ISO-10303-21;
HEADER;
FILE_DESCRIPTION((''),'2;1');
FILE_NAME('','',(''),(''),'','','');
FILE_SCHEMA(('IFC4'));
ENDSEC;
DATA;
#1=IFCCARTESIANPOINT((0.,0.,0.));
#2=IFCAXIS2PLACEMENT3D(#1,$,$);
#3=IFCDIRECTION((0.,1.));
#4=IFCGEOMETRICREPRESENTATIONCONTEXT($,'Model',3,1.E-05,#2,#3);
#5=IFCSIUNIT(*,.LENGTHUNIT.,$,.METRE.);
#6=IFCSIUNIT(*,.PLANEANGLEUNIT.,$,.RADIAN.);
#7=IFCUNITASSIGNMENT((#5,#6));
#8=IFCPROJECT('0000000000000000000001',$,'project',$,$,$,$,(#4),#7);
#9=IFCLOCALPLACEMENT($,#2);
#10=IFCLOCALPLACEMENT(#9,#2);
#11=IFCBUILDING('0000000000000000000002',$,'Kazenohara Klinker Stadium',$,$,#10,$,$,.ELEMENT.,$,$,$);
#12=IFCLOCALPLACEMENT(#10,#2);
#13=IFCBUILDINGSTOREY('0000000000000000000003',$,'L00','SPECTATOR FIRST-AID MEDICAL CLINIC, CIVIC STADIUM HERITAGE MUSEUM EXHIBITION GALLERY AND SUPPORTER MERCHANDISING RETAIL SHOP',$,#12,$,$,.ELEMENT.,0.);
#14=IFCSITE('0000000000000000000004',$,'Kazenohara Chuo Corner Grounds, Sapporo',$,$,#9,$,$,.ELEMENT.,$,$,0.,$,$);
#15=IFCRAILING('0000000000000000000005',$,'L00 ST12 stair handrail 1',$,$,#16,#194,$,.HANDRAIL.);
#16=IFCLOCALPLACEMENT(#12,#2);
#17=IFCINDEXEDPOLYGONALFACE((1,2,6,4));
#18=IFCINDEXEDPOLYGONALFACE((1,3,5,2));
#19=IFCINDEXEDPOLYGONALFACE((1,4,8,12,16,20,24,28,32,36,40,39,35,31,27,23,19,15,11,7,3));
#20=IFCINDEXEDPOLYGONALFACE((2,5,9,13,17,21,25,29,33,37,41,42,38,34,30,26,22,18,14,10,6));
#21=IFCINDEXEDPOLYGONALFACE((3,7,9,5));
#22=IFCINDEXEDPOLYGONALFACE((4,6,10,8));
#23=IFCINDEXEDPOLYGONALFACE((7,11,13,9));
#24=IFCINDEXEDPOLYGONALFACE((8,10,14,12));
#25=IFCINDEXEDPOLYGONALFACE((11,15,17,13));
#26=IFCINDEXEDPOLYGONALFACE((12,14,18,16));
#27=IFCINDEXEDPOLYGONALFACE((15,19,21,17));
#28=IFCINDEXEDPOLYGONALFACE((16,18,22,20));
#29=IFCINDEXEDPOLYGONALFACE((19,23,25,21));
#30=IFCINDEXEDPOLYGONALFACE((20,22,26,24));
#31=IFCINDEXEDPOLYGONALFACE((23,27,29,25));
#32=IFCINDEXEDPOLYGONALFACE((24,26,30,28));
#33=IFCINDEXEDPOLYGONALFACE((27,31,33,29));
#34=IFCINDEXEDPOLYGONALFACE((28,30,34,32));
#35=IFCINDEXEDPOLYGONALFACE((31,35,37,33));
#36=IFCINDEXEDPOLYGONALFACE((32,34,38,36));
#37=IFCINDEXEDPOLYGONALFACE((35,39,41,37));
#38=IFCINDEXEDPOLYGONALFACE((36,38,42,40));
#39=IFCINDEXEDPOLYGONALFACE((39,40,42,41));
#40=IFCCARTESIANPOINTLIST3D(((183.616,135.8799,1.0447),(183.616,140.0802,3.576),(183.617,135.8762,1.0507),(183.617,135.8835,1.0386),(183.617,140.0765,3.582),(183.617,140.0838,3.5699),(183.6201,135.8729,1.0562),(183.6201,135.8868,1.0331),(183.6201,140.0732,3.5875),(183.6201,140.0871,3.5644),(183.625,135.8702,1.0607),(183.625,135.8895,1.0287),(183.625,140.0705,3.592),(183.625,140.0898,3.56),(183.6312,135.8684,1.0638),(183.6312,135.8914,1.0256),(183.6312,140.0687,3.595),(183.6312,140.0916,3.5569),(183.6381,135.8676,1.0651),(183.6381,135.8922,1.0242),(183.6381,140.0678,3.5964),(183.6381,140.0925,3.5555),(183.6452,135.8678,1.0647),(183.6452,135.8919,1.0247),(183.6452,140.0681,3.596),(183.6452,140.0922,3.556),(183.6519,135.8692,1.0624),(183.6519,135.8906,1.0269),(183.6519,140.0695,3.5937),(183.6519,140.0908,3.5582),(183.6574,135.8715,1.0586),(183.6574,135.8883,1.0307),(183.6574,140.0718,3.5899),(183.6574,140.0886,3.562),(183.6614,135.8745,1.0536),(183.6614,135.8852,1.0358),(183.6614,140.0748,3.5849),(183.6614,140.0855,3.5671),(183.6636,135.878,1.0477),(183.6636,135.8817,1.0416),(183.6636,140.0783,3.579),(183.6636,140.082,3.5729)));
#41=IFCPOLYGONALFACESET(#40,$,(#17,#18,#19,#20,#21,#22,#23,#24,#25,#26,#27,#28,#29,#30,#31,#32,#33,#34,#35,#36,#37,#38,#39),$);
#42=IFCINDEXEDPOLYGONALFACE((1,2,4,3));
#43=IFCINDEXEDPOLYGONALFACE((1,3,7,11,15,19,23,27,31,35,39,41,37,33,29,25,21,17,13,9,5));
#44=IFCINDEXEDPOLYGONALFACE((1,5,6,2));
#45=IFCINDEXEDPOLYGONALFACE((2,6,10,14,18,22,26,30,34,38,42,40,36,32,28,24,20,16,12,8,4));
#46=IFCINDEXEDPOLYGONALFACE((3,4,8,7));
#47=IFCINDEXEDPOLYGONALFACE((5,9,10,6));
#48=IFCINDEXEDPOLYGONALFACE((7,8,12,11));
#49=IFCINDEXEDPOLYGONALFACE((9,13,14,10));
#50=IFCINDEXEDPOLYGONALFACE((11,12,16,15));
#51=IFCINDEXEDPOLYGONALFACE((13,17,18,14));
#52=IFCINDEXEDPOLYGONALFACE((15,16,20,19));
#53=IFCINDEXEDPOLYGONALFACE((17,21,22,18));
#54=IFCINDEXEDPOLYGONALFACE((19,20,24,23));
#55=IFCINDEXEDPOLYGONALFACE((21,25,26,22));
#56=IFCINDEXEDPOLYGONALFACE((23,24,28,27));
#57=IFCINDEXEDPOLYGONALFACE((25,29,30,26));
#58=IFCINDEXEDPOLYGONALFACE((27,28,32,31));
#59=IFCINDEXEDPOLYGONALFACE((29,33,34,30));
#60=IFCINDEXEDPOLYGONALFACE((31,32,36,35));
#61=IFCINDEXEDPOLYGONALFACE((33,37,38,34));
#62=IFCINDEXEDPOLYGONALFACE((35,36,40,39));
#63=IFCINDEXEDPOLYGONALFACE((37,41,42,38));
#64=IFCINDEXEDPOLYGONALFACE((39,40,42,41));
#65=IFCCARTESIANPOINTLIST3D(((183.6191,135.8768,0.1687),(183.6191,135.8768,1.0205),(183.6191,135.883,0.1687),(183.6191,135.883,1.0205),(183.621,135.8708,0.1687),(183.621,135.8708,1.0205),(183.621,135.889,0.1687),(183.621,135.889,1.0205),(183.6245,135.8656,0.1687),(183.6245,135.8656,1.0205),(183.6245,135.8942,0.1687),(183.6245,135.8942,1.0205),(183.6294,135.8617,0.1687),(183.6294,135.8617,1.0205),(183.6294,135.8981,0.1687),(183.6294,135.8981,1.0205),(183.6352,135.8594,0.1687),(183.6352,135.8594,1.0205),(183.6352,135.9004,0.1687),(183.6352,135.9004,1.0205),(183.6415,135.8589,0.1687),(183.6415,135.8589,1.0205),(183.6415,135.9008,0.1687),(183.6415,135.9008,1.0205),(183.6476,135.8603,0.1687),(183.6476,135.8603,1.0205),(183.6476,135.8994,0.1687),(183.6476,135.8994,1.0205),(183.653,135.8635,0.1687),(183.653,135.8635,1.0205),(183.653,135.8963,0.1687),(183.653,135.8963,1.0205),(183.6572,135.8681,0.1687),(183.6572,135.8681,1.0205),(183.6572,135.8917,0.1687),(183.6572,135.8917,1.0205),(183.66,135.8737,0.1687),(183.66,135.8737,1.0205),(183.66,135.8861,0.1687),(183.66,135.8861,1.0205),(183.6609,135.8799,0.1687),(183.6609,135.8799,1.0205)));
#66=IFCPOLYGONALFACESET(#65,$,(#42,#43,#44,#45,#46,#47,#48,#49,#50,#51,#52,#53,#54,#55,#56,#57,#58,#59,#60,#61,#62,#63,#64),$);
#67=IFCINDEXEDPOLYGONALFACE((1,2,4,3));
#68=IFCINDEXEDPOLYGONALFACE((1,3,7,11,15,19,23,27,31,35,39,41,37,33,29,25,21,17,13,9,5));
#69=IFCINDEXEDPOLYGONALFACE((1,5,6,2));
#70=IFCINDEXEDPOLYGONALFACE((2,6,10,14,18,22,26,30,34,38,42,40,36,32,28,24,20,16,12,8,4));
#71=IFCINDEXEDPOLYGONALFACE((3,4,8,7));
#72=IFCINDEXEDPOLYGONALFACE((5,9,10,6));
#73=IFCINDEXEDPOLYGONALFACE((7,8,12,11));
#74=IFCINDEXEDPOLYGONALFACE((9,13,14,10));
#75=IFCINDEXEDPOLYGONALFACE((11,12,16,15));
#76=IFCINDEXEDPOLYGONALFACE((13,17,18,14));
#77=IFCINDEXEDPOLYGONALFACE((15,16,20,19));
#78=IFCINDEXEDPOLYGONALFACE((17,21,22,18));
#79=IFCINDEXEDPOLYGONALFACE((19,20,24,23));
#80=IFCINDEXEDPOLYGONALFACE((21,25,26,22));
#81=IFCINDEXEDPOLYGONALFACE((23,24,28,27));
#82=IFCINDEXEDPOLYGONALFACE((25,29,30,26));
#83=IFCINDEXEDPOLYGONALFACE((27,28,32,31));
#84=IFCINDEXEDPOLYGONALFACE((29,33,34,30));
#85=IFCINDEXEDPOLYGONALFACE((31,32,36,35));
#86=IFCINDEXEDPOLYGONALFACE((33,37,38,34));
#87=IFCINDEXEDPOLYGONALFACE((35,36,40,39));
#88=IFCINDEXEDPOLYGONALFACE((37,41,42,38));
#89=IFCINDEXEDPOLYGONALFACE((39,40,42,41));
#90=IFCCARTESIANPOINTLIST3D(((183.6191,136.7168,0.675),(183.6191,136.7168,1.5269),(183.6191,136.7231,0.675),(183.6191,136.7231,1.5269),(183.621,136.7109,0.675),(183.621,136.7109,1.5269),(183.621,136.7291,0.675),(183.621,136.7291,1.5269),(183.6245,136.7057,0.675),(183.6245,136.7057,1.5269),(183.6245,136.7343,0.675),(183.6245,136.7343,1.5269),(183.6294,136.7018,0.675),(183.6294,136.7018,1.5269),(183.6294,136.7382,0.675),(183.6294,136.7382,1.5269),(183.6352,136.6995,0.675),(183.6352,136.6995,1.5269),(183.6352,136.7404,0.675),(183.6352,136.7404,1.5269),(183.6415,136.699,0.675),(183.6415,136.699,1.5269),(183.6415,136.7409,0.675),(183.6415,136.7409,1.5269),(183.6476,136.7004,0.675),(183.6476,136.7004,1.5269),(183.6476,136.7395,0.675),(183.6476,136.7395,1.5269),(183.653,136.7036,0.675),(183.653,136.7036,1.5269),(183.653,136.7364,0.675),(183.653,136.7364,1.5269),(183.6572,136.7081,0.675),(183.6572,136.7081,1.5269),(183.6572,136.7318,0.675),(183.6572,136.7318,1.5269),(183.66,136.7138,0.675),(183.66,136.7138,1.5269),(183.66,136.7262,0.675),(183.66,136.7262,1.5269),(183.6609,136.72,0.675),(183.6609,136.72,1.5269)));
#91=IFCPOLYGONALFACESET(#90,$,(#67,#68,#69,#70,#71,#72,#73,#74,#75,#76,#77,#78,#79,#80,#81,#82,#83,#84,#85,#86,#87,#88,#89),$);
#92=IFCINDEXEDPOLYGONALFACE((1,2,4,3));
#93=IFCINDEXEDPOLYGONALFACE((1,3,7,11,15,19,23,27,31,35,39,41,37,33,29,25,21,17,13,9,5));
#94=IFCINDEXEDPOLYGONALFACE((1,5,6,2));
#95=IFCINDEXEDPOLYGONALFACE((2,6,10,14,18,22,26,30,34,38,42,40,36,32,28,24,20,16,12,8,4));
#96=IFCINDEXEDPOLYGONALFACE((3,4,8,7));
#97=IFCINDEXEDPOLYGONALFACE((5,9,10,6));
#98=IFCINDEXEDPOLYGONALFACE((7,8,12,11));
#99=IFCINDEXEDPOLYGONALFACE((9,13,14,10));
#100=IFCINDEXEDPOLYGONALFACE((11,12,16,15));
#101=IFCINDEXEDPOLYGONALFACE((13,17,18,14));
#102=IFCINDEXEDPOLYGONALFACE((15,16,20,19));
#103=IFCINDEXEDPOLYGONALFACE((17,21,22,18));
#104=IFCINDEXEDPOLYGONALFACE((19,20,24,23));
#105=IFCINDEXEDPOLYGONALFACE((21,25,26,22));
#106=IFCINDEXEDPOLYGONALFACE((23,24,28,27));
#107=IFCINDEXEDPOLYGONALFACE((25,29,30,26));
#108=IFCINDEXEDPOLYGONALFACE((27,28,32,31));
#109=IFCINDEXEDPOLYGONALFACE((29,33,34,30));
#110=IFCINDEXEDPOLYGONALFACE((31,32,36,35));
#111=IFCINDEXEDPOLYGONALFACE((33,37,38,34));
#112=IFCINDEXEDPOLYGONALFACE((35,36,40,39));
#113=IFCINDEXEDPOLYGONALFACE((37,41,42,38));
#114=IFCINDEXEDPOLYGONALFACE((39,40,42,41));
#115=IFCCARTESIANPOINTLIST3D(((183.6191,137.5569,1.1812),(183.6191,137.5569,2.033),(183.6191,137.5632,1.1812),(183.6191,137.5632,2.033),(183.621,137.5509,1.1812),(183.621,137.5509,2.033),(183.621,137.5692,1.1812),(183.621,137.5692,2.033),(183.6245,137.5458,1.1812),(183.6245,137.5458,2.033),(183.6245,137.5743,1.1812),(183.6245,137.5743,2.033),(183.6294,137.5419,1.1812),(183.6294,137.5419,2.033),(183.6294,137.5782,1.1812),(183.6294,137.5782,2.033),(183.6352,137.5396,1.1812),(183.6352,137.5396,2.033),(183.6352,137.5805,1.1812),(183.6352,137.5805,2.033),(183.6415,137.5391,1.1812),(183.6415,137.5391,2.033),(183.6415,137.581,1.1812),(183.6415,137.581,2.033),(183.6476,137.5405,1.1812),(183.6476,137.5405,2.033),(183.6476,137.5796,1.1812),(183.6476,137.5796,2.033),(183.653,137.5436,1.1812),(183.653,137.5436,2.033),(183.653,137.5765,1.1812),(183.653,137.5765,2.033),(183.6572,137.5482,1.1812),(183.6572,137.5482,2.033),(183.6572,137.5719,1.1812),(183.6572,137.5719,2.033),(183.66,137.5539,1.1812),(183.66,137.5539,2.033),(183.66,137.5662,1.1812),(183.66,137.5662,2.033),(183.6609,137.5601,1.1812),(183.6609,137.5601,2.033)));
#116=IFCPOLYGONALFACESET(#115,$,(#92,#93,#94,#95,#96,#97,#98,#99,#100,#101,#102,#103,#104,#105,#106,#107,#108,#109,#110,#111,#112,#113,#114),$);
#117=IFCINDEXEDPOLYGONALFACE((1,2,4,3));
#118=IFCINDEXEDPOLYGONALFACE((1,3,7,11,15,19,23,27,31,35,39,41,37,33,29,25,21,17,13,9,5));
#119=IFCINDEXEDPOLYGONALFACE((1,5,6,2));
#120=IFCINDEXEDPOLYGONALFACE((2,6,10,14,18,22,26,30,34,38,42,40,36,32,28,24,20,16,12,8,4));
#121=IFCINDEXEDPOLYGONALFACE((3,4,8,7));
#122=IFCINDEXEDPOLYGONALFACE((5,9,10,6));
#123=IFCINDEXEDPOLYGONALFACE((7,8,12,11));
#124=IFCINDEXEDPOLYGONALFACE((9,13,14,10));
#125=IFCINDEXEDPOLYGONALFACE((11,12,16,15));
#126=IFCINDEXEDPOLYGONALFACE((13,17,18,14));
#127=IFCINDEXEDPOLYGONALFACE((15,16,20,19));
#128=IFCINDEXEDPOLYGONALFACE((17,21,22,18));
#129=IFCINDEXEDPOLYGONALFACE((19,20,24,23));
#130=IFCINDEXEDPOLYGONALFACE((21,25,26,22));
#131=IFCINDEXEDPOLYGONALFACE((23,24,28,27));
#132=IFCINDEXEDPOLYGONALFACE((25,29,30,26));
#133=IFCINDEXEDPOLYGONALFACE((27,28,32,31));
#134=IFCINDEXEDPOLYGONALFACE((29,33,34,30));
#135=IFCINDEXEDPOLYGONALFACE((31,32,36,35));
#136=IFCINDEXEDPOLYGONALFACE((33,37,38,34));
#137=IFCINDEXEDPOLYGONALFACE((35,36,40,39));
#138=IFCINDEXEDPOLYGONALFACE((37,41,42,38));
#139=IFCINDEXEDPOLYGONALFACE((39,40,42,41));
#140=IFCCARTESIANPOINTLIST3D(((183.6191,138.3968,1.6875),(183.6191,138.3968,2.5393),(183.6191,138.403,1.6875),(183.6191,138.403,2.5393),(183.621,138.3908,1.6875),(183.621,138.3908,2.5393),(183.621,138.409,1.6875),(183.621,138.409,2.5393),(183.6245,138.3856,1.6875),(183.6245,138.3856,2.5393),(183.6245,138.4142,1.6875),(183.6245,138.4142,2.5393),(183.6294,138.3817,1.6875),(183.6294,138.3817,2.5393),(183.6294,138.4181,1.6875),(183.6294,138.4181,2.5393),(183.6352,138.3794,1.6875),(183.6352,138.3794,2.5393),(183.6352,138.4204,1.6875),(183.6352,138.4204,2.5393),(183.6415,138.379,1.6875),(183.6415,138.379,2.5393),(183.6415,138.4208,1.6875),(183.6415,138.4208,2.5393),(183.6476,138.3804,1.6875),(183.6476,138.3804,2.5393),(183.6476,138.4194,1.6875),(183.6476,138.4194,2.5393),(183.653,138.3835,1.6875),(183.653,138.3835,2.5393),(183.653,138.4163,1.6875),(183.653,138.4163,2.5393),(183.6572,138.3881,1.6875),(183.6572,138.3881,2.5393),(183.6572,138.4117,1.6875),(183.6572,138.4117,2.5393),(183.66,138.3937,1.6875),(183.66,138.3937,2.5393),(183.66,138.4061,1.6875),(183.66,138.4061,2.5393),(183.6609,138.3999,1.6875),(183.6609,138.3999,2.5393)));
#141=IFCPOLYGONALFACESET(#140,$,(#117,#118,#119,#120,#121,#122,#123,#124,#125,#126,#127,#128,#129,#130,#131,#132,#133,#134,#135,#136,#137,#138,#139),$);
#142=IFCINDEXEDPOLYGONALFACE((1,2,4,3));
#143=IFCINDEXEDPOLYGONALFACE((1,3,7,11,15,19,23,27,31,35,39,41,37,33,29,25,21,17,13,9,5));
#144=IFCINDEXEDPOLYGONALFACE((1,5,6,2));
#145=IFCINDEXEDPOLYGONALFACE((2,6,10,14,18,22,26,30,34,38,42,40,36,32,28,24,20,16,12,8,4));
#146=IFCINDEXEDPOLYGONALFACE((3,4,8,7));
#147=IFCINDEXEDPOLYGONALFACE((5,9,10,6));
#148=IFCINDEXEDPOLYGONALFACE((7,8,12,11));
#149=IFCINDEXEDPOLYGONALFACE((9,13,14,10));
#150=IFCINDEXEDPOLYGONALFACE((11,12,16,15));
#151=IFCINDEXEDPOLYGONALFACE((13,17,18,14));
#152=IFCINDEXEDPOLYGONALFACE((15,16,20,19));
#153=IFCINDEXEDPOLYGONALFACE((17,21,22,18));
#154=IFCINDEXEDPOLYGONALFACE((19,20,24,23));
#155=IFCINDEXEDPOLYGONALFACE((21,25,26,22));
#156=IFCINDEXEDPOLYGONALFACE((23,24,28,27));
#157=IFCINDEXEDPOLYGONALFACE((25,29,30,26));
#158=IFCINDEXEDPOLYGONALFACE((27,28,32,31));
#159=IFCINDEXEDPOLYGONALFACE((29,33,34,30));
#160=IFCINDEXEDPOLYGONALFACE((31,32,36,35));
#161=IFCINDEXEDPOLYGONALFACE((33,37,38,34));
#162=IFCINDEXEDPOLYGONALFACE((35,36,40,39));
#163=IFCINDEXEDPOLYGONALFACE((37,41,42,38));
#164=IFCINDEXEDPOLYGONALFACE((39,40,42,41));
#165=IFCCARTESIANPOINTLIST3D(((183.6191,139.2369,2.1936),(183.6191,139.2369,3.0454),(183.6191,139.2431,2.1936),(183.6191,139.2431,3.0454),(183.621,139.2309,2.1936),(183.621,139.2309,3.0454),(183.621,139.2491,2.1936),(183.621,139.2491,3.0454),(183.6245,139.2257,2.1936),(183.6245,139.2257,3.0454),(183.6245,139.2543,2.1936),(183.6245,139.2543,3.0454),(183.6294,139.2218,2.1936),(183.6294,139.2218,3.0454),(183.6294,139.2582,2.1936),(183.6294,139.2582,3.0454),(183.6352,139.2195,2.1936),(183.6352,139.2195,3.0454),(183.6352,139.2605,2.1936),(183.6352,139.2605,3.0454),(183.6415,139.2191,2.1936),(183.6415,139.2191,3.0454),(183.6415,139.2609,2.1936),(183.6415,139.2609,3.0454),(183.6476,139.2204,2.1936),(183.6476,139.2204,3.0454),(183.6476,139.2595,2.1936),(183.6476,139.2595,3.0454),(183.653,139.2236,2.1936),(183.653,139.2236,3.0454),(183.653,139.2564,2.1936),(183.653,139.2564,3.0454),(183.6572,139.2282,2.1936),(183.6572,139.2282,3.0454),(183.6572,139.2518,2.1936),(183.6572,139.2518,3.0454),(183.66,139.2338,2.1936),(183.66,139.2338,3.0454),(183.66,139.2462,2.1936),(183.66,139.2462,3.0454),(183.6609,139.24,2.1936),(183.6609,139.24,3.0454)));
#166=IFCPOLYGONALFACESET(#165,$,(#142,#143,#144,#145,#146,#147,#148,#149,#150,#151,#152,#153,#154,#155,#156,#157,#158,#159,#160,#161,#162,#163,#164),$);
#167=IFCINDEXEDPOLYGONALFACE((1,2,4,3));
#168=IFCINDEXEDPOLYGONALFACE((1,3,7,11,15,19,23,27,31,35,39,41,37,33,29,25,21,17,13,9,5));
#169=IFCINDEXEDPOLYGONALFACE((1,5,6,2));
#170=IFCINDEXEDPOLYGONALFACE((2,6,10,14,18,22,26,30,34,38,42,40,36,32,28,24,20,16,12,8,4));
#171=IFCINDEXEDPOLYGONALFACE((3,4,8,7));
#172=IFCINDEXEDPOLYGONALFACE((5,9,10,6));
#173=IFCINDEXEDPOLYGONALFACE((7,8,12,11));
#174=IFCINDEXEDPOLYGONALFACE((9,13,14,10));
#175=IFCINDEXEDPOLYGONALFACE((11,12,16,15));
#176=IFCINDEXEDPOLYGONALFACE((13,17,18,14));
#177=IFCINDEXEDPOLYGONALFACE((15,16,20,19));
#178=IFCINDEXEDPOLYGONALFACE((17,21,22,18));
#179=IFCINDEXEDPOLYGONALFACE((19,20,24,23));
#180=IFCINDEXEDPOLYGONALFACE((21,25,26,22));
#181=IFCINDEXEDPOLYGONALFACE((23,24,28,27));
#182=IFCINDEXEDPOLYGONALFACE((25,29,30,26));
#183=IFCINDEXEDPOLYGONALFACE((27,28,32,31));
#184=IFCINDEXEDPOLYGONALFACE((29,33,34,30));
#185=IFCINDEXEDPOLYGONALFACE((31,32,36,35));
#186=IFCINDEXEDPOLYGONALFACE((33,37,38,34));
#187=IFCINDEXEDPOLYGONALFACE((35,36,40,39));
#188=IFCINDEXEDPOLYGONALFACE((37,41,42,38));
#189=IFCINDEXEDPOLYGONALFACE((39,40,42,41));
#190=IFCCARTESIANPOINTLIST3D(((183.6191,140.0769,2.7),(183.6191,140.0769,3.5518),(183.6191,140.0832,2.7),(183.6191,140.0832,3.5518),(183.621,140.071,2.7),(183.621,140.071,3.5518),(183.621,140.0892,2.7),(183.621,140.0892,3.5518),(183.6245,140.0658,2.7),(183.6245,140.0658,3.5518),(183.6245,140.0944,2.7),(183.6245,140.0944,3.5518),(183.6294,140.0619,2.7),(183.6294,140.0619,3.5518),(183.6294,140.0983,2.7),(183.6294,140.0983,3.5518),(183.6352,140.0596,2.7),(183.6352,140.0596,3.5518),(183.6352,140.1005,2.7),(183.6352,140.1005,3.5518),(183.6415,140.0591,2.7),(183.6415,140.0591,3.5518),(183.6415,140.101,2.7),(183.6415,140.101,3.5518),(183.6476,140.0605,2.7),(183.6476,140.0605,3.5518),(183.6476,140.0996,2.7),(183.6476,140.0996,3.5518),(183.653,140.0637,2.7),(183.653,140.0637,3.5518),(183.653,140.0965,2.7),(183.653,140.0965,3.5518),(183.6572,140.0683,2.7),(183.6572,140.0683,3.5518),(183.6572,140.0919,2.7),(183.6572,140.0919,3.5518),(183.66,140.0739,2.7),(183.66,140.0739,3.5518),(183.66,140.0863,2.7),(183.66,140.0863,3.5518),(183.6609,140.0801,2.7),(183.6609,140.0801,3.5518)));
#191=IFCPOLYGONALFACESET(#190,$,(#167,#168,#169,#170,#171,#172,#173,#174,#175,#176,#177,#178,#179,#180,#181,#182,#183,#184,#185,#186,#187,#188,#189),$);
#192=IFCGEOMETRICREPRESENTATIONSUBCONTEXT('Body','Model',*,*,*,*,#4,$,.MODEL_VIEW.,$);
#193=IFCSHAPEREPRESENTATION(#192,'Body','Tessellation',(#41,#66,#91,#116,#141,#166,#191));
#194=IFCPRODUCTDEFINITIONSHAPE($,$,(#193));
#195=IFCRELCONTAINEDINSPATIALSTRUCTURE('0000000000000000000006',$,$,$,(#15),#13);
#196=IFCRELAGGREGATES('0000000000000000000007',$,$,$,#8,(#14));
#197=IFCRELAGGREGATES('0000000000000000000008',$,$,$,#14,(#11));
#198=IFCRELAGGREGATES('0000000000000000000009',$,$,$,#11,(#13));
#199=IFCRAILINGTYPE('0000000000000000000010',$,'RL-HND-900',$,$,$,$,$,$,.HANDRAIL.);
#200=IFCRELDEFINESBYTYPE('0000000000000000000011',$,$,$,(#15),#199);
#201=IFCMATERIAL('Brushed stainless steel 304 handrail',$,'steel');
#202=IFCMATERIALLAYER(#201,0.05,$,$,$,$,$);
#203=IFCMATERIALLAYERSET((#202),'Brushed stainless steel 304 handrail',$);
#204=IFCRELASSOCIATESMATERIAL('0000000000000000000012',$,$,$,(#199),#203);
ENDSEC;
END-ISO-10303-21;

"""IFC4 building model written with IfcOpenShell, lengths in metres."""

from ifc_helpers import new_model, si_unit, direction, frame, origin, origin_2d, place, context, subcontext, project, spatial, circle, extrude, material, layer, layer_set, type_object, element, save


model = new_model("IFC4")

# Units and contexts
model_context = context("Model", 3, precision=1e-05, world=origin(), true_north=direction((0.0, 1.0)))
body_context = subcontext(model_context, "Body", "Model", "MODEL_VIEW")
ifc_project = project(units=[si_unit("LENGTHUNIT", "METRE"), si_unit("PLANEANGLEUNIT", "RADIAN")], contexts=[model_context])

# Site, building, storey
site_placement = place(None, origin())
site = spatial("IfcSite", under=ifc_project, at=site_placement, Name="Kazenohara Chuo Corner Grounds, Sapporo", CompositionType="ELEMENT", RefElevation=0.0)
building_placement = place(site_placement, origin())
building = spatial("IfcBuilding", under=site, at=building_placement, Name="Kazenohara Klinker Stadium", CompositionType="ELEMENT")
storey_placement = place(building_placement, origin())
storey = spatial("IfcBuildingStorey", under=building, at=storey_placement, Name="L00", Description="SPECTATOR FIRST-AID MEDICAL CLINIC, CIVIC STADIUM HERITAGE MUSEUM EXHIBITION GALLERY AND SUPPORTER MERCHANDISING RETAIL SHOP", CompositionType="ELEMENT", Elevation=0.0)

# Railing
ifc_material_1 = material(Name="Brushed stainless steel 304 handrail", Category="steel")
ifc_layer_1 = layer(ifc_material_1, 0.05)
ifc_layer_set_1 = layer_set([ifc_layer_1], Name="Brushed stainless steel 304 handrail")
railing_type_1 = type_object("IfcRailingType", Name="RL-HND-900", PredefinedType="HANDRAIL", material=ifc_layer_set_1)
for number, where, name in (
    (1, (183.6399, 135.8799, 0.1687), "L00 ST12 stair handrail 1"),
):
    element("IfcRailing", number, at=place(storey_placement, frame(where)), inside=storey, type_object=railing_type_1, Name=name, PredefinedType="HANDRAIL", context=body_context, shape_type="SweptSolid", body=[
        extrude(circle(Radius=0.0239, at=origin_2d()), frame((0.0, 0.0, 0.876), z_axis=(0.0, 0.85649, 0.516164), x_axis=(-1.0, 0.0, 0.0)), (0.0, 0.0, 1.0), 4.9041),
        extrude(circle(Radius=0.021, at=origin_2d()), origin(), (0.0, 0.0, 1.0), 0.8518),
        extrude(circle(Radius=0.021, at=origin_2d()), frame((0.0, 0.8401, 0.5063)), (0.0, 0.0, 1.0), 0.8518),
        extrude(circle(Radius=0.021, at=origin_2d()), frame((0.0, 1.6802, 1.0125)), (0.0, 0.0, 1.0), 0.8518),
        extrude(circle(Radius=0.021, at=origin_2d()), frame((0.0, 2.52, 1.5188)), (0.0, 0.0, 1.0), 0.8518),
        extrude(circle(Radius=0.021, at=origin_2d()), frame((0.0, 3.3601, 2.0249)), (0.0, 0.0, 1.0), 0.8518),
        extrude(circle(Radius=0.021, at=origin_2d()), frame((0.0, 4.2002, 2.5312)), (0.0, 0.0, 1.0), 0.8518),
    ])

save(model, "model.ifc")
